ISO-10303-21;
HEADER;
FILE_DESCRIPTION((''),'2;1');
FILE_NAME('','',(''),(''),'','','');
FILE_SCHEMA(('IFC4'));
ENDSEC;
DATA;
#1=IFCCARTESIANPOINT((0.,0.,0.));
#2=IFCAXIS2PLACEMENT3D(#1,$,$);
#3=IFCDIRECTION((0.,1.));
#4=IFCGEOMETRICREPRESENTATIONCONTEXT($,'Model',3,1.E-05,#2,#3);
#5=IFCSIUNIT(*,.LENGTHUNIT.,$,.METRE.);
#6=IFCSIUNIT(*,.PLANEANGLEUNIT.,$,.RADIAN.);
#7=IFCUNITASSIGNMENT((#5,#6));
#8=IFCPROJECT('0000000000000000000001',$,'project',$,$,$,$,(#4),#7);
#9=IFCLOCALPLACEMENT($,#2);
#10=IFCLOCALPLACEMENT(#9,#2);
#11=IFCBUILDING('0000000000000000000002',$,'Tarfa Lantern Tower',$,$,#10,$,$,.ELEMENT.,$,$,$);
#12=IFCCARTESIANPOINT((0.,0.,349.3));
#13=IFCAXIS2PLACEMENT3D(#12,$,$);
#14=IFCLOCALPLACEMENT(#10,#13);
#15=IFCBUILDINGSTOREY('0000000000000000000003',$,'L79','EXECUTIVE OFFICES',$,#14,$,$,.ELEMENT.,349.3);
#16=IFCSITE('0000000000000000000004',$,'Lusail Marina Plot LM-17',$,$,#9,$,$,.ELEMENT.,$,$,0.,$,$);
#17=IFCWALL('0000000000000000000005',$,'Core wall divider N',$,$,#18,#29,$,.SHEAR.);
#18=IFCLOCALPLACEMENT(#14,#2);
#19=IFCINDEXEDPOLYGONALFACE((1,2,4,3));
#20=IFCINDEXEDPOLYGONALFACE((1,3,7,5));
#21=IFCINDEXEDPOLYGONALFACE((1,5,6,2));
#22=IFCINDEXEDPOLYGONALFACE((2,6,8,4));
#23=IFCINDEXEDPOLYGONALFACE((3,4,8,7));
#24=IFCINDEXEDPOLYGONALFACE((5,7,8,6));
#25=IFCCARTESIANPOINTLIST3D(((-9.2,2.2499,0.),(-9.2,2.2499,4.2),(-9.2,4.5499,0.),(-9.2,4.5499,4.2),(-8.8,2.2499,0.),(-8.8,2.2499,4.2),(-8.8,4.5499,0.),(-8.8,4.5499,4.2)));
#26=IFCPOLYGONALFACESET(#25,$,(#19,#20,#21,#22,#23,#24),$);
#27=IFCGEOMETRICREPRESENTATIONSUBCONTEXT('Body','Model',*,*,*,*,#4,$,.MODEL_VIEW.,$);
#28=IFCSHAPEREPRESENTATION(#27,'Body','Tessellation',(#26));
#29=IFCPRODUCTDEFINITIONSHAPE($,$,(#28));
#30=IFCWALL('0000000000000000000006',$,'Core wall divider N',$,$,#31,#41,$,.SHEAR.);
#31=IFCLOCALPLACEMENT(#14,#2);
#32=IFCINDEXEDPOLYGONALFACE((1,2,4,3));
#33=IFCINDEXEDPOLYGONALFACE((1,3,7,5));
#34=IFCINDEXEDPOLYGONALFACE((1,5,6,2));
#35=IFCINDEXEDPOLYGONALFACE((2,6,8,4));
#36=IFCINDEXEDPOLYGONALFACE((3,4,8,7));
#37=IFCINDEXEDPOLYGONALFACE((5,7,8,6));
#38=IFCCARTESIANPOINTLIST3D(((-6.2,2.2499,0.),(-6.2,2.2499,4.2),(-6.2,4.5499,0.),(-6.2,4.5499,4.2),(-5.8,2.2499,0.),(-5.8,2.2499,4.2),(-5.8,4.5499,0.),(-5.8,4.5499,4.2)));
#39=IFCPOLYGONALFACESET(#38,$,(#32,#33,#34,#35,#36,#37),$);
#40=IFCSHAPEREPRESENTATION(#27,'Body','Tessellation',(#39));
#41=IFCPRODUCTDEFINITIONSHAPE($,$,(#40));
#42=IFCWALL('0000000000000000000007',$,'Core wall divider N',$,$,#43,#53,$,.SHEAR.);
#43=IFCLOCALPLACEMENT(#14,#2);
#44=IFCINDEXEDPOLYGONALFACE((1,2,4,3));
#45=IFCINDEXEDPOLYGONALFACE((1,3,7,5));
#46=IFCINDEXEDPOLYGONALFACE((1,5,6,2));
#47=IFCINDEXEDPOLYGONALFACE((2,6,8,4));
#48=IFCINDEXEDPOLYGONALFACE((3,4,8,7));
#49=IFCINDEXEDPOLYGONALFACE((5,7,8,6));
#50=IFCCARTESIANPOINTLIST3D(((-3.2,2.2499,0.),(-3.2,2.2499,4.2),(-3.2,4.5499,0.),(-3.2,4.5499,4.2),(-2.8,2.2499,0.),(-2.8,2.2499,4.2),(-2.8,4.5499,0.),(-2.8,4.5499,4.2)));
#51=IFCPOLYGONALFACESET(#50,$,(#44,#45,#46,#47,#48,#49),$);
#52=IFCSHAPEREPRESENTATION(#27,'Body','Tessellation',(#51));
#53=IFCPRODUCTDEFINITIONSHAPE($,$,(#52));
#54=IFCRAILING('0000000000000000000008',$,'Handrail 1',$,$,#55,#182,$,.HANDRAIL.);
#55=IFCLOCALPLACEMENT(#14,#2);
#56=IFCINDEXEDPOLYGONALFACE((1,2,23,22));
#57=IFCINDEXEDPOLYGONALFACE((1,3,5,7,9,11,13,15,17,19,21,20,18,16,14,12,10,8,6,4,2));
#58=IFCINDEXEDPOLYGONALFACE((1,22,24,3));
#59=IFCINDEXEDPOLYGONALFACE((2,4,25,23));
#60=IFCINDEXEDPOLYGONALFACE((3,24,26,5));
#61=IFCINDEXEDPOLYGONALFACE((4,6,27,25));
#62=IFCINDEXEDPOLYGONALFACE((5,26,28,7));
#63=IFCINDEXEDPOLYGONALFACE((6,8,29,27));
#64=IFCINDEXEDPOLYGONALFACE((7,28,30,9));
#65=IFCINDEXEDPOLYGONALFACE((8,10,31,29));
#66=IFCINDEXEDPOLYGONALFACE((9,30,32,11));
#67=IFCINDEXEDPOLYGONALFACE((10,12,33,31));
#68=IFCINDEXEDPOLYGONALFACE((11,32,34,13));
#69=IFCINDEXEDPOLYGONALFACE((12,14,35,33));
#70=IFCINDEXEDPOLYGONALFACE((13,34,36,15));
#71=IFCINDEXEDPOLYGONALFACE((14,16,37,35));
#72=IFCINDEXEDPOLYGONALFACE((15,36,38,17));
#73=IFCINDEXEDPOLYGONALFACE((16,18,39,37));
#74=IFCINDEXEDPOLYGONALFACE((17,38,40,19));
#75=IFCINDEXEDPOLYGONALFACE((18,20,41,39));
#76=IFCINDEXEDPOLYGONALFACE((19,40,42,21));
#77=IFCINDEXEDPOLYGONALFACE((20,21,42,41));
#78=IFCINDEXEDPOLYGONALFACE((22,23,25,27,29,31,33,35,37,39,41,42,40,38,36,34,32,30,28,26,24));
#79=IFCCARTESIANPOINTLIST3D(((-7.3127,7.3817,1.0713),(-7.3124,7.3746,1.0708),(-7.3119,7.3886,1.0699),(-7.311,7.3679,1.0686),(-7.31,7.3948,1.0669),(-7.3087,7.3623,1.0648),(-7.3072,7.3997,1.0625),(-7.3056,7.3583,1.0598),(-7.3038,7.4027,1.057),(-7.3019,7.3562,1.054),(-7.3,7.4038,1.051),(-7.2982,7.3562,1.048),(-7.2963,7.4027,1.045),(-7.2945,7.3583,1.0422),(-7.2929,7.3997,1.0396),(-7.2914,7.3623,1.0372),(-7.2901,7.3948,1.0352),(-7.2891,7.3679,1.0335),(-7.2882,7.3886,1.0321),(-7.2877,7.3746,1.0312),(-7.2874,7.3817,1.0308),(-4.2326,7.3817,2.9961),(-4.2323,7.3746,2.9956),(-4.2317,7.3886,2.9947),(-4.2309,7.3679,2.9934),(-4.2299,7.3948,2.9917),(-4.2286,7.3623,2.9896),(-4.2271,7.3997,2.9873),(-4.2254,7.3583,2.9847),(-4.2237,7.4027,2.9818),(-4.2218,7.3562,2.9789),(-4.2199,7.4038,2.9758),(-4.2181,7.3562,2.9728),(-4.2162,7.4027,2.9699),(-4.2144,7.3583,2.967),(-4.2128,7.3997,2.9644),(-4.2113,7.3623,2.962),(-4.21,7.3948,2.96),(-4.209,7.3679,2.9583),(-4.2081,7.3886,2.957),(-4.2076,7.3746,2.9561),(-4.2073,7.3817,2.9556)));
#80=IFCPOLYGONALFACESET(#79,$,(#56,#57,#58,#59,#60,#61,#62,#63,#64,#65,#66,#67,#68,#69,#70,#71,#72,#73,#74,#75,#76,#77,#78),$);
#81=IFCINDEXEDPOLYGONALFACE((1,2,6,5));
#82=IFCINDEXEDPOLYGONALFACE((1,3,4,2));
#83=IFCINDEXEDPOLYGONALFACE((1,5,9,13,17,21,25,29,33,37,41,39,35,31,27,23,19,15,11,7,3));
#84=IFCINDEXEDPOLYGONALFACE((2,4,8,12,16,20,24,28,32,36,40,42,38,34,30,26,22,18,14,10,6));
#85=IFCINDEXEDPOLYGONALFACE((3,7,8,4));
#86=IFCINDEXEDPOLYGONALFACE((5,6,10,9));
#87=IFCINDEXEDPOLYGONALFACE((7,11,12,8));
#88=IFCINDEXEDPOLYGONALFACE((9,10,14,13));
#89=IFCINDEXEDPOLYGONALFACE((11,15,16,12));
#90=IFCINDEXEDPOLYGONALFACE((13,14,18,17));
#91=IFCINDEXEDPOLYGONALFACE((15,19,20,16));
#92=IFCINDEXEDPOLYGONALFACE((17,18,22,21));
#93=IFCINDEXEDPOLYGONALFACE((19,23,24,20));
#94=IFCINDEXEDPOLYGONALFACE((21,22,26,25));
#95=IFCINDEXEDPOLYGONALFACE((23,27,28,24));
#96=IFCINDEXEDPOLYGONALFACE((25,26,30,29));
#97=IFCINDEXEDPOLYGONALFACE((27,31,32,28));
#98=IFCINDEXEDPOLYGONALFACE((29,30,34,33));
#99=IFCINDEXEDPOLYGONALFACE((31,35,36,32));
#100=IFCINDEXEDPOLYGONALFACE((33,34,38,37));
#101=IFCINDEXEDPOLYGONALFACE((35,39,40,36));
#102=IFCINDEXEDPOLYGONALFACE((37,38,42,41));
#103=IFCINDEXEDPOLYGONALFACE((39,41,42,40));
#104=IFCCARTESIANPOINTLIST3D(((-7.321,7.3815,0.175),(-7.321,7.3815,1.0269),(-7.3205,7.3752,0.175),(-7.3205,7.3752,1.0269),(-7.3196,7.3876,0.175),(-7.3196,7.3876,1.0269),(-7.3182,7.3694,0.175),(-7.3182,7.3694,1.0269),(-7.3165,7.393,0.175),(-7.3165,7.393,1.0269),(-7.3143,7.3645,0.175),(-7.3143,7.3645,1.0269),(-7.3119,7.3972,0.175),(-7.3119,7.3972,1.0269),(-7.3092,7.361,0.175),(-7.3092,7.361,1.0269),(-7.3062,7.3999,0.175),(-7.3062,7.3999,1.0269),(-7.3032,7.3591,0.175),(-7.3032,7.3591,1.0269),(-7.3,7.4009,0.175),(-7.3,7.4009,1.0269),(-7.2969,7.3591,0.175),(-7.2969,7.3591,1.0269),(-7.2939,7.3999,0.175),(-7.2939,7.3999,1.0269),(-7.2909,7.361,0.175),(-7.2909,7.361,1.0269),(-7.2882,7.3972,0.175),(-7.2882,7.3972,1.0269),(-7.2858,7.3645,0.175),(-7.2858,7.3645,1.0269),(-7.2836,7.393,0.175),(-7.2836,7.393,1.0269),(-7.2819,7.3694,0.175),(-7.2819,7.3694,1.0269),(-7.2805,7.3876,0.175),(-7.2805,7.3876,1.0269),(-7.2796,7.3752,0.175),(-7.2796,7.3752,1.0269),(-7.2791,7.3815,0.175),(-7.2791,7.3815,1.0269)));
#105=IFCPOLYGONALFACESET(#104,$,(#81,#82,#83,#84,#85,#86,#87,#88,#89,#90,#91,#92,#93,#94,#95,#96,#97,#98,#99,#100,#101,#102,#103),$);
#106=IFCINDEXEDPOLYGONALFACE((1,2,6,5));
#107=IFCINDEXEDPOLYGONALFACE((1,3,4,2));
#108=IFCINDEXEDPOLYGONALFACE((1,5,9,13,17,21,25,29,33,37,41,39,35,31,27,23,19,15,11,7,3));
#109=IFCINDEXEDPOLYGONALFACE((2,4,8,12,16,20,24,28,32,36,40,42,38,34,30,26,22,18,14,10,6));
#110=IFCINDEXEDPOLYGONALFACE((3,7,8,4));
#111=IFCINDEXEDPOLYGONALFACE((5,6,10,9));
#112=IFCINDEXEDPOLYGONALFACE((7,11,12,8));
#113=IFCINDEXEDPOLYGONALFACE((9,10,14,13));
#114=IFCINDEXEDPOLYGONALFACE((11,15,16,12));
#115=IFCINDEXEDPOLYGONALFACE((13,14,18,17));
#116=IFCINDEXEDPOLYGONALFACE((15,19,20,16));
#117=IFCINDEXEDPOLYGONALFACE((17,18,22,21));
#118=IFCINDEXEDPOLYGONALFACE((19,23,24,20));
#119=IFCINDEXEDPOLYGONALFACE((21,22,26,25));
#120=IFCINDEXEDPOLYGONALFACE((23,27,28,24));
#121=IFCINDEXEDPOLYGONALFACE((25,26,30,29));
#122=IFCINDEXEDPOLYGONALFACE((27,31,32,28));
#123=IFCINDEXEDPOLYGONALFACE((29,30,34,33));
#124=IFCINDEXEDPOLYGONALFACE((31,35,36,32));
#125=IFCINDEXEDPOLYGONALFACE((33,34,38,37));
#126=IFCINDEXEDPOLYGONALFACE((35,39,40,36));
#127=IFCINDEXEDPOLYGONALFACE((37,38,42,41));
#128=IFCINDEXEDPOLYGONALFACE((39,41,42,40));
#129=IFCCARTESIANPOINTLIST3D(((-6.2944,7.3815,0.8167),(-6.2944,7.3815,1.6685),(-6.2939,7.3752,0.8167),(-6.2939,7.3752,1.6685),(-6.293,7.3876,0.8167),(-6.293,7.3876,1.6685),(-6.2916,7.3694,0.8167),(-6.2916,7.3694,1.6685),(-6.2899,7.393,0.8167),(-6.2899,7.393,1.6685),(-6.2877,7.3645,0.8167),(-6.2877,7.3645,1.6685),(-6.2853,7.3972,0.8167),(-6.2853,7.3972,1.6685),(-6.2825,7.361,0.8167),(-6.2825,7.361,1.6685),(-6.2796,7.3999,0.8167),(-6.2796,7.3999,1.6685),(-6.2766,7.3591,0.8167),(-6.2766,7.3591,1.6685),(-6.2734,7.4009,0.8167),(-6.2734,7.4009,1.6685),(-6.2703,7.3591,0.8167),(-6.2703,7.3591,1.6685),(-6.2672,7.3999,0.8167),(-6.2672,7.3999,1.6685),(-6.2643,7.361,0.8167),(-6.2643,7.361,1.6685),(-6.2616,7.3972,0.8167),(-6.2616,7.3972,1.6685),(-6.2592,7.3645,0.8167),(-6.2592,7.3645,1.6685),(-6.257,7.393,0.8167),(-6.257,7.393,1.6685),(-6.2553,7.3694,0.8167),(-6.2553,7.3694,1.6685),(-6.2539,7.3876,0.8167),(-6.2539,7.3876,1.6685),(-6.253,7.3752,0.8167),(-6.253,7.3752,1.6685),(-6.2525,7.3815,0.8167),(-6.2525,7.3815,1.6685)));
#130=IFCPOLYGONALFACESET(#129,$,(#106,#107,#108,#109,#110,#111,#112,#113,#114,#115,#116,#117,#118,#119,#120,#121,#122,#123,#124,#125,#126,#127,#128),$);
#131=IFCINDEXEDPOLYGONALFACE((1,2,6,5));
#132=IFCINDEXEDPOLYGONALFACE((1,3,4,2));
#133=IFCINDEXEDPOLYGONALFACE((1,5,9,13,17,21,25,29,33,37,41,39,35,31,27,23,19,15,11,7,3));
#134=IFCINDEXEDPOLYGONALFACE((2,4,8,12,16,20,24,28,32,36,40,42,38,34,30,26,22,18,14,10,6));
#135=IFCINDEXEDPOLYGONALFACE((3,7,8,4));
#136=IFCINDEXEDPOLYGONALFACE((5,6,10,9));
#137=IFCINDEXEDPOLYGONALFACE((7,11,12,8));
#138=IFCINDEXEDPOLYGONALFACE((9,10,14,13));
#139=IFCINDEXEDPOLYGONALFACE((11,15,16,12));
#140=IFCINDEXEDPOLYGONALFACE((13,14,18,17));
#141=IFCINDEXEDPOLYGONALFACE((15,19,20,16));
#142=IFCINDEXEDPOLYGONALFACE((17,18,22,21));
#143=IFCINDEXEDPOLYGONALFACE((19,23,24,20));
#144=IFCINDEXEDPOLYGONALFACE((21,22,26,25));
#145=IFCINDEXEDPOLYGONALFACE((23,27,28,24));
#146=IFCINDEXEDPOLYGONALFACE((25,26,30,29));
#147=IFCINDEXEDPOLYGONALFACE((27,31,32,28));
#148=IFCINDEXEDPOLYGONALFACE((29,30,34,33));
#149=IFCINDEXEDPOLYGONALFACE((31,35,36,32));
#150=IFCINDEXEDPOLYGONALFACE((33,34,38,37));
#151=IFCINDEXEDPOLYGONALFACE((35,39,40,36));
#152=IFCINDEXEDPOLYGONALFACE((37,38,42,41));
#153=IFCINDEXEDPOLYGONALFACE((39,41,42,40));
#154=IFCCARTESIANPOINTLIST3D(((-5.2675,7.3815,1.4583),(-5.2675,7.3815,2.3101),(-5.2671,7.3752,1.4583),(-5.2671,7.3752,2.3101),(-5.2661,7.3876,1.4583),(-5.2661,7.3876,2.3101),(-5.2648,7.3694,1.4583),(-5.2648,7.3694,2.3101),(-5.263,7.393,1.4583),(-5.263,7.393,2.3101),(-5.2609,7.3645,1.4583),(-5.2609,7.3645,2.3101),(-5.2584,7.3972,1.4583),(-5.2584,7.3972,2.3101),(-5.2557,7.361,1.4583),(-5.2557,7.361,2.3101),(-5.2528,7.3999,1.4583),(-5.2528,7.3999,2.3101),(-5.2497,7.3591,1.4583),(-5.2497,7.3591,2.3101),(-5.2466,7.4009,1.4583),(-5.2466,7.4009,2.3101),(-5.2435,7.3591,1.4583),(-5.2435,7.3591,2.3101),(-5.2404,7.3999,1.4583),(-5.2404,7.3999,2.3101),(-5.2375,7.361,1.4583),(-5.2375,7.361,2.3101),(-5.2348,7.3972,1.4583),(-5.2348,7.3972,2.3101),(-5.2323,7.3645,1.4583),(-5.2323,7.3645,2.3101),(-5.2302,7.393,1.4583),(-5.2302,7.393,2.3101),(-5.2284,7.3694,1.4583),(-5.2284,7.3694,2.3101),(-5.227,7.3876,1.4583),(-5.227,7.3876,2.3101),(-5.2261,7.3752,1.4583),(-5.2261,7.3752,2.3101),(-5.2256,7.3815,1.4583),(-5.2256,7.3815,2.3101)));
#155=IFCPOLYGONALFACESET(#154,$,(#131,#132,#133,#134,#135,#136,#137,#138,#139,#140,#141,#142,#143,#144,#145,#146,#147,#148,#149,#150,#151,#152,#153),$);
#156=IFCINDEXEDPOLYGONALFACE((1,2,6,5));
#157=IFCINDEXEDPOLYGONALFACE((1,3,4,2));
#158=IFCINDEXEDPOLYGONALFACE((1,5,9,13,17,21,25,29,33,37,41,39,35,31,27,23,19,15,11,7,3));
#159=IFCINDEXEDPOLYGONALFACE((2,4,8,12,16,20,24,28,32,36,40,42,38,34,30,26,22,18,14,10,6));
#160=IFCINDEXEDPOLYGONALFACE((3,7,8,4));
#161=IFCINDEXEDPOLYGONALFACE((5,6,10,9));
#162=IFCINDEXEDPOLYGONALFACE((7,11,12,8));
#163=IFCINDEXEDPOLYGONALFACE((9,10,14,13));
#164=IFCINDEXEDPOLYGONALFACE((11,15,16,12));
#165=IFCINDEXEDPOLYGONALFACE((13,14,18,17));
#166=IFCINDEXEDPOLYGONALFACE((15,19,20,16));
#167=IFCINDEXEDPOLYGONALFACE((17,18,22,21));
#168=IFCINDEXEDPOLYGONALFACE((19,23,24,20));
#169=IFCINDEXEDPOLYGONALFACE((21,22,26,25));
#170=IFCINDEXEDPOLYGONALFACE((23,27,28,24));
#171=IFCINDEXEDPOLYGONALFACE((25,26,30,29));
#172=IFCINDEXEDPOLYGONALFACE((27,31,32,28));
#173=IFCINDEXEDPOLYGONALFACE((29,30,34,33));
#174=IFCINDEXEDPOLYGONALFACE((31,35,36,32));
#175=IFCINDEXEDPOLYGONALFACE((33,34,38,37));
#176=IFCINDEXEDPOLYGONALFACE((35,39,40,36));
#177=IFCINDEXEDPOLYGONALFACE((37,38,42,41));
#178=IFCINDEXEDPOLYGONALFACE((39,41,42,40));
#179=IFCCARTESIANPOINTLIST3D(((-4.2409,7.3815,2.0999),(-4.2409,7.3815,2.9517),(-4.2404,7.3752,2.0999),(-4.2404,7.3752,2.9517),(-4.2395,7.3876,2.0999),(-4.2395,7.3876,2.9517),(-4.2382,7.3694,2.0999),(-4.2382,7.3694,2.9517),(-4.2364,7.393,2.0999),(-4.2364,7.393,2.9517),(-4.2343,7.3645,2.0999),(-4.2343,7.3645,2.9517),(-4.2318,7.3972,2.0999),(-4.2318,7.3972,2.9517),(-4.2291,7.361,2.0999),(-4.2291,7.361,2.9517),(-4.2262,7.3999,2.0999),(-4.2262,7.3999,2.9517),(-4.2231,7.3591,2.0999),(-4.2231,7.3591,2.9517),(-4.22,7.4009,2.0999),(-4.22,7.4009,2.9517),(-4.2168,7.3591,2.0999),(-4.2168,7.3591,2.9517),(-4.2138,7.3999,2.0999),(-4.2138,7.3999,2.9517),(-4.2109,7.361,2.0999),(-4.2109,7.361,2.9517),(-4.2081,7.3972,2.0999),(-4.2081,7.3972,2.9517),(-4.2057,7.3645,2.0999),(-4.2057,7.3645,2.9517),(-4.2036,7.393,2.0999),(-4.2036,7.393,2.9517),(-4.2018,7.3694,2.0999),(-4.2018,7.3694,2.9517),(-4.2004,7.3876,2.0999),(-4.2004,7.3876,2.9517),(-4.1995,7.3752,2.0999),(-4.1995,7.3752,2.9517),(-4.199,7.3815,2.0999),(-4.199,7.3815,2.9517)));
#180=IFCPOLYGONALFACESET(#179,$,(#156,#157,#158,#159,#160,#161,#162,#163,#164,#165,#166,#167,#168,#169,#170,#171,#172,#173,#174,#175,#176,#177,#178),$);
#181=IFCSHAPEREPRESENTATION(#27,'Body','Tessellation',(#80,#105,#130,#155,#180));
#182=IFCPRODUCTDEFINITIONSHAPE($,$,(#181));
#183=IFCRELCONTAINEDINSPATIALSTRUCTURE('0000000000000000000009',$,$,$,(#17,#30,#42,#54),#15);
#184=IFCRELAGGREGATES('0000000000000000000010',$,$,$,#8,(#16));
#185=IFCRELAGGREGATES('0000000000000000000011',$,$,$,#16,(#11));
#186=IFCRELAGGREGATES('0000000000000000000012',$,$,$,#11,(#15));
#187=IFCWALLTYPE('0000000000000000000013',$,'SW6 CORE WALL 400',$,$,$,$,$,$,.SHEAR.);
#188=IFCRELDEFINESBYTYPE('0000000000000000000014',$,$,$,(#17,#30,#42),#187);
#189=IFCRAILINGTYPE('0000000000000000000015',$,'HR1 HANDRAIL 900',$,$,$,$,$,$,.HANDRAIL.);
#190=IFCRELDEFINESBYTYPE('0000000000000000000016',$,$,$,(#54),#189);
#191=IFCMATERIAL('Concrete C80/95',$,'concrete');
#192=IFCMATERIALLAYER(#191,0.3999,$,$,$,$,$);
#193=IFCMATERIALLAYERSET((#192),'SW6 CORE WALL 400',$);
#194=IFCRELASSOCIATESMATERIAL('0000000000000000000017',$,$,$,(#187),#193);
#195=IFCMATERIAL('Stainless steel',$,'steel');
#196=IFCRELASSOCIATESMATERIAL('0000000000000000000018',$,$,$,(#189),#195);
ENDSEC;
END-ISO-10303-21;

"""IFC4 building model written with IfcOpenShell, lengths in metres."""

from ifc_helpers import new_model, si_unit, direction, frame, frame_2d, origin, origin_2d, place, context, subcontext, project, spatial, rectangle, circle, extrude, material, layer, layer_set, type_object, element, save


model = new_model("IFC4")

# Units and contexts
model_context = context("Model", 3, precision=1e-05, world=origin(), true_north=direction((0.0, 1.0)))
body_context = subcontext(model_context, "Body", "Model", "MODEL_VIEW")
ifc_project = project(units=[si_unit("LENGTHUNIT", "METRE"), si_unit("PLANEANGLEUNIT", "RADIAN")], contexts=[model_context])

# Site, building, storey
site_placement = place(None, origin())
site = spatial("IfcSite", under=ifc_project, at=site_placement, Name="Lusail Marina Plot LM-17", CompositionType="ELEMENT", RefElevation=0.0)
building_placement = place(site_placement, origin())
building = spatial("IfcBuilding", under=site, at=building_placement, Name="Tarfa Lantern Tower", CompositionType="ELEMENT")
storey_placement = place(building_placement, frame((0.0, 0.0, 349.3)))
storey = spatial("IfcBuildingStorey", under=building, at=storey_placement, Name="L79", Description="EXECUTIVE OFFICES", CompositionType="ELEMENT", Elevation=349.3)

# Shared definitions
ifc_material_1 = material(Name="Concrete C80/95", Category="concrete")

# Walls
ifc_layer_1 = layer(ifc_material_1, 0.3999)
ifc_layer_set_1 = layer_set([ifc_layer_1], Name="SW6 CORE WALL 400")
wall_type_1 = type_object("IfcWallType", Name="SW6 CORE WALL 400", PredefinedType="SHEAR", material=ifc_layer_set_1)
for number, where, z_axis, x_axis, name in (
    (1, (-9.0, 2.25, 0.0), (0.0, 0.0, 1.0), (0.0, 1.0, 0.0), "Core wall divider N"),
    (2, (-6.0, 2.25, 0.0), (0.0, 0.0, 1.0), (0.0, 1.0, 0.0), "Core wall divider N"),
    (3, (-3.0, 2.25, 0.0), (0.0, 0.0, 1.0), (0.0, 1.0, 0.0), "Core wall divider N"),
):
    element("IfcWall", number, at=place(storey_placement, frame(where, z_axis=z_axis, x_axis=x_axis)), inside=storey, type_object=wall_type_1, Name=name, PredefinedType="SHEAR", context=body_context, shape_type="SweptSolid", body=[
        extrude(rectangle(XDim=2.3, YDim=0.3999, at=frame_2d((1.1499, 0.0))), origin(), (0.0, 0.0, 1.0), 4.2),
    ])

# Railing
ifc_material_2 = material(Name="Stainless steel", Category="steel")
railing_type = type_object("IfcRailingType", Name="HR1 HANDRAIL 900", PredefinedType="HANDRAIL", material=ifc_material_2)
railing_placement = place(storey_placement, frame((-7.3, 7.3799, 0.175)))
element("IfcRailing", 4, at=railing_placement, inside=storey, type_object=railing_type, Name="Handrail 1", PredefinedType="HANDRAIL", context=body_context, shape_type="SweptSolid", body=[
    extrude(circle(Radius=0.0239, at=origin_2d()), frame((0.0, 0.0, 0.876), z_axis=(0.848029, 0.0, 0.529951), x_axis=(0.0, 1.0, 0.0)), (0.0, 0.0, 1.0), 3.6321),
    extrude(circle(Radius=0.021, at=origin_2d()), frame((0.0, 0.0, 0.0), z_axis=(0.0, 0.0, 1.0), x_axis=(0.0, 1.0, 0.0)), (0.0, 0.0, 1.0), 0.8518),
    extrude(circle(Radius=0.021, at=origin_2d()), frame((1.0266, 0.0, 0.6416), z_axis=(0.0, 0.0, 1.0), x_axis=(0.0, 1.0, 0.0)), (0.0, 0.0, 1.0), 0.8518),
    extrude(circle(Radius=0.021, at=origin_2d()), frame((2.0535, 0.0, 1.2832), z_axis=(0.0, 0.0, 1.0), x_axis=(0.0, 1.0, 0.0)), (0.0, 0.0, 1.0), 0.8518),
    extrude(circle(Radius=0.021, at=origin_2d()), frame((3.0801, 0.0, 1.9248), z_axis=(0.0, 0.0, 1.0), x_axis=(0.0, 1.0, 0.0)), (0.0, 0.0, 1.0), 0.8518),
])

save(model, "model.ifc")
